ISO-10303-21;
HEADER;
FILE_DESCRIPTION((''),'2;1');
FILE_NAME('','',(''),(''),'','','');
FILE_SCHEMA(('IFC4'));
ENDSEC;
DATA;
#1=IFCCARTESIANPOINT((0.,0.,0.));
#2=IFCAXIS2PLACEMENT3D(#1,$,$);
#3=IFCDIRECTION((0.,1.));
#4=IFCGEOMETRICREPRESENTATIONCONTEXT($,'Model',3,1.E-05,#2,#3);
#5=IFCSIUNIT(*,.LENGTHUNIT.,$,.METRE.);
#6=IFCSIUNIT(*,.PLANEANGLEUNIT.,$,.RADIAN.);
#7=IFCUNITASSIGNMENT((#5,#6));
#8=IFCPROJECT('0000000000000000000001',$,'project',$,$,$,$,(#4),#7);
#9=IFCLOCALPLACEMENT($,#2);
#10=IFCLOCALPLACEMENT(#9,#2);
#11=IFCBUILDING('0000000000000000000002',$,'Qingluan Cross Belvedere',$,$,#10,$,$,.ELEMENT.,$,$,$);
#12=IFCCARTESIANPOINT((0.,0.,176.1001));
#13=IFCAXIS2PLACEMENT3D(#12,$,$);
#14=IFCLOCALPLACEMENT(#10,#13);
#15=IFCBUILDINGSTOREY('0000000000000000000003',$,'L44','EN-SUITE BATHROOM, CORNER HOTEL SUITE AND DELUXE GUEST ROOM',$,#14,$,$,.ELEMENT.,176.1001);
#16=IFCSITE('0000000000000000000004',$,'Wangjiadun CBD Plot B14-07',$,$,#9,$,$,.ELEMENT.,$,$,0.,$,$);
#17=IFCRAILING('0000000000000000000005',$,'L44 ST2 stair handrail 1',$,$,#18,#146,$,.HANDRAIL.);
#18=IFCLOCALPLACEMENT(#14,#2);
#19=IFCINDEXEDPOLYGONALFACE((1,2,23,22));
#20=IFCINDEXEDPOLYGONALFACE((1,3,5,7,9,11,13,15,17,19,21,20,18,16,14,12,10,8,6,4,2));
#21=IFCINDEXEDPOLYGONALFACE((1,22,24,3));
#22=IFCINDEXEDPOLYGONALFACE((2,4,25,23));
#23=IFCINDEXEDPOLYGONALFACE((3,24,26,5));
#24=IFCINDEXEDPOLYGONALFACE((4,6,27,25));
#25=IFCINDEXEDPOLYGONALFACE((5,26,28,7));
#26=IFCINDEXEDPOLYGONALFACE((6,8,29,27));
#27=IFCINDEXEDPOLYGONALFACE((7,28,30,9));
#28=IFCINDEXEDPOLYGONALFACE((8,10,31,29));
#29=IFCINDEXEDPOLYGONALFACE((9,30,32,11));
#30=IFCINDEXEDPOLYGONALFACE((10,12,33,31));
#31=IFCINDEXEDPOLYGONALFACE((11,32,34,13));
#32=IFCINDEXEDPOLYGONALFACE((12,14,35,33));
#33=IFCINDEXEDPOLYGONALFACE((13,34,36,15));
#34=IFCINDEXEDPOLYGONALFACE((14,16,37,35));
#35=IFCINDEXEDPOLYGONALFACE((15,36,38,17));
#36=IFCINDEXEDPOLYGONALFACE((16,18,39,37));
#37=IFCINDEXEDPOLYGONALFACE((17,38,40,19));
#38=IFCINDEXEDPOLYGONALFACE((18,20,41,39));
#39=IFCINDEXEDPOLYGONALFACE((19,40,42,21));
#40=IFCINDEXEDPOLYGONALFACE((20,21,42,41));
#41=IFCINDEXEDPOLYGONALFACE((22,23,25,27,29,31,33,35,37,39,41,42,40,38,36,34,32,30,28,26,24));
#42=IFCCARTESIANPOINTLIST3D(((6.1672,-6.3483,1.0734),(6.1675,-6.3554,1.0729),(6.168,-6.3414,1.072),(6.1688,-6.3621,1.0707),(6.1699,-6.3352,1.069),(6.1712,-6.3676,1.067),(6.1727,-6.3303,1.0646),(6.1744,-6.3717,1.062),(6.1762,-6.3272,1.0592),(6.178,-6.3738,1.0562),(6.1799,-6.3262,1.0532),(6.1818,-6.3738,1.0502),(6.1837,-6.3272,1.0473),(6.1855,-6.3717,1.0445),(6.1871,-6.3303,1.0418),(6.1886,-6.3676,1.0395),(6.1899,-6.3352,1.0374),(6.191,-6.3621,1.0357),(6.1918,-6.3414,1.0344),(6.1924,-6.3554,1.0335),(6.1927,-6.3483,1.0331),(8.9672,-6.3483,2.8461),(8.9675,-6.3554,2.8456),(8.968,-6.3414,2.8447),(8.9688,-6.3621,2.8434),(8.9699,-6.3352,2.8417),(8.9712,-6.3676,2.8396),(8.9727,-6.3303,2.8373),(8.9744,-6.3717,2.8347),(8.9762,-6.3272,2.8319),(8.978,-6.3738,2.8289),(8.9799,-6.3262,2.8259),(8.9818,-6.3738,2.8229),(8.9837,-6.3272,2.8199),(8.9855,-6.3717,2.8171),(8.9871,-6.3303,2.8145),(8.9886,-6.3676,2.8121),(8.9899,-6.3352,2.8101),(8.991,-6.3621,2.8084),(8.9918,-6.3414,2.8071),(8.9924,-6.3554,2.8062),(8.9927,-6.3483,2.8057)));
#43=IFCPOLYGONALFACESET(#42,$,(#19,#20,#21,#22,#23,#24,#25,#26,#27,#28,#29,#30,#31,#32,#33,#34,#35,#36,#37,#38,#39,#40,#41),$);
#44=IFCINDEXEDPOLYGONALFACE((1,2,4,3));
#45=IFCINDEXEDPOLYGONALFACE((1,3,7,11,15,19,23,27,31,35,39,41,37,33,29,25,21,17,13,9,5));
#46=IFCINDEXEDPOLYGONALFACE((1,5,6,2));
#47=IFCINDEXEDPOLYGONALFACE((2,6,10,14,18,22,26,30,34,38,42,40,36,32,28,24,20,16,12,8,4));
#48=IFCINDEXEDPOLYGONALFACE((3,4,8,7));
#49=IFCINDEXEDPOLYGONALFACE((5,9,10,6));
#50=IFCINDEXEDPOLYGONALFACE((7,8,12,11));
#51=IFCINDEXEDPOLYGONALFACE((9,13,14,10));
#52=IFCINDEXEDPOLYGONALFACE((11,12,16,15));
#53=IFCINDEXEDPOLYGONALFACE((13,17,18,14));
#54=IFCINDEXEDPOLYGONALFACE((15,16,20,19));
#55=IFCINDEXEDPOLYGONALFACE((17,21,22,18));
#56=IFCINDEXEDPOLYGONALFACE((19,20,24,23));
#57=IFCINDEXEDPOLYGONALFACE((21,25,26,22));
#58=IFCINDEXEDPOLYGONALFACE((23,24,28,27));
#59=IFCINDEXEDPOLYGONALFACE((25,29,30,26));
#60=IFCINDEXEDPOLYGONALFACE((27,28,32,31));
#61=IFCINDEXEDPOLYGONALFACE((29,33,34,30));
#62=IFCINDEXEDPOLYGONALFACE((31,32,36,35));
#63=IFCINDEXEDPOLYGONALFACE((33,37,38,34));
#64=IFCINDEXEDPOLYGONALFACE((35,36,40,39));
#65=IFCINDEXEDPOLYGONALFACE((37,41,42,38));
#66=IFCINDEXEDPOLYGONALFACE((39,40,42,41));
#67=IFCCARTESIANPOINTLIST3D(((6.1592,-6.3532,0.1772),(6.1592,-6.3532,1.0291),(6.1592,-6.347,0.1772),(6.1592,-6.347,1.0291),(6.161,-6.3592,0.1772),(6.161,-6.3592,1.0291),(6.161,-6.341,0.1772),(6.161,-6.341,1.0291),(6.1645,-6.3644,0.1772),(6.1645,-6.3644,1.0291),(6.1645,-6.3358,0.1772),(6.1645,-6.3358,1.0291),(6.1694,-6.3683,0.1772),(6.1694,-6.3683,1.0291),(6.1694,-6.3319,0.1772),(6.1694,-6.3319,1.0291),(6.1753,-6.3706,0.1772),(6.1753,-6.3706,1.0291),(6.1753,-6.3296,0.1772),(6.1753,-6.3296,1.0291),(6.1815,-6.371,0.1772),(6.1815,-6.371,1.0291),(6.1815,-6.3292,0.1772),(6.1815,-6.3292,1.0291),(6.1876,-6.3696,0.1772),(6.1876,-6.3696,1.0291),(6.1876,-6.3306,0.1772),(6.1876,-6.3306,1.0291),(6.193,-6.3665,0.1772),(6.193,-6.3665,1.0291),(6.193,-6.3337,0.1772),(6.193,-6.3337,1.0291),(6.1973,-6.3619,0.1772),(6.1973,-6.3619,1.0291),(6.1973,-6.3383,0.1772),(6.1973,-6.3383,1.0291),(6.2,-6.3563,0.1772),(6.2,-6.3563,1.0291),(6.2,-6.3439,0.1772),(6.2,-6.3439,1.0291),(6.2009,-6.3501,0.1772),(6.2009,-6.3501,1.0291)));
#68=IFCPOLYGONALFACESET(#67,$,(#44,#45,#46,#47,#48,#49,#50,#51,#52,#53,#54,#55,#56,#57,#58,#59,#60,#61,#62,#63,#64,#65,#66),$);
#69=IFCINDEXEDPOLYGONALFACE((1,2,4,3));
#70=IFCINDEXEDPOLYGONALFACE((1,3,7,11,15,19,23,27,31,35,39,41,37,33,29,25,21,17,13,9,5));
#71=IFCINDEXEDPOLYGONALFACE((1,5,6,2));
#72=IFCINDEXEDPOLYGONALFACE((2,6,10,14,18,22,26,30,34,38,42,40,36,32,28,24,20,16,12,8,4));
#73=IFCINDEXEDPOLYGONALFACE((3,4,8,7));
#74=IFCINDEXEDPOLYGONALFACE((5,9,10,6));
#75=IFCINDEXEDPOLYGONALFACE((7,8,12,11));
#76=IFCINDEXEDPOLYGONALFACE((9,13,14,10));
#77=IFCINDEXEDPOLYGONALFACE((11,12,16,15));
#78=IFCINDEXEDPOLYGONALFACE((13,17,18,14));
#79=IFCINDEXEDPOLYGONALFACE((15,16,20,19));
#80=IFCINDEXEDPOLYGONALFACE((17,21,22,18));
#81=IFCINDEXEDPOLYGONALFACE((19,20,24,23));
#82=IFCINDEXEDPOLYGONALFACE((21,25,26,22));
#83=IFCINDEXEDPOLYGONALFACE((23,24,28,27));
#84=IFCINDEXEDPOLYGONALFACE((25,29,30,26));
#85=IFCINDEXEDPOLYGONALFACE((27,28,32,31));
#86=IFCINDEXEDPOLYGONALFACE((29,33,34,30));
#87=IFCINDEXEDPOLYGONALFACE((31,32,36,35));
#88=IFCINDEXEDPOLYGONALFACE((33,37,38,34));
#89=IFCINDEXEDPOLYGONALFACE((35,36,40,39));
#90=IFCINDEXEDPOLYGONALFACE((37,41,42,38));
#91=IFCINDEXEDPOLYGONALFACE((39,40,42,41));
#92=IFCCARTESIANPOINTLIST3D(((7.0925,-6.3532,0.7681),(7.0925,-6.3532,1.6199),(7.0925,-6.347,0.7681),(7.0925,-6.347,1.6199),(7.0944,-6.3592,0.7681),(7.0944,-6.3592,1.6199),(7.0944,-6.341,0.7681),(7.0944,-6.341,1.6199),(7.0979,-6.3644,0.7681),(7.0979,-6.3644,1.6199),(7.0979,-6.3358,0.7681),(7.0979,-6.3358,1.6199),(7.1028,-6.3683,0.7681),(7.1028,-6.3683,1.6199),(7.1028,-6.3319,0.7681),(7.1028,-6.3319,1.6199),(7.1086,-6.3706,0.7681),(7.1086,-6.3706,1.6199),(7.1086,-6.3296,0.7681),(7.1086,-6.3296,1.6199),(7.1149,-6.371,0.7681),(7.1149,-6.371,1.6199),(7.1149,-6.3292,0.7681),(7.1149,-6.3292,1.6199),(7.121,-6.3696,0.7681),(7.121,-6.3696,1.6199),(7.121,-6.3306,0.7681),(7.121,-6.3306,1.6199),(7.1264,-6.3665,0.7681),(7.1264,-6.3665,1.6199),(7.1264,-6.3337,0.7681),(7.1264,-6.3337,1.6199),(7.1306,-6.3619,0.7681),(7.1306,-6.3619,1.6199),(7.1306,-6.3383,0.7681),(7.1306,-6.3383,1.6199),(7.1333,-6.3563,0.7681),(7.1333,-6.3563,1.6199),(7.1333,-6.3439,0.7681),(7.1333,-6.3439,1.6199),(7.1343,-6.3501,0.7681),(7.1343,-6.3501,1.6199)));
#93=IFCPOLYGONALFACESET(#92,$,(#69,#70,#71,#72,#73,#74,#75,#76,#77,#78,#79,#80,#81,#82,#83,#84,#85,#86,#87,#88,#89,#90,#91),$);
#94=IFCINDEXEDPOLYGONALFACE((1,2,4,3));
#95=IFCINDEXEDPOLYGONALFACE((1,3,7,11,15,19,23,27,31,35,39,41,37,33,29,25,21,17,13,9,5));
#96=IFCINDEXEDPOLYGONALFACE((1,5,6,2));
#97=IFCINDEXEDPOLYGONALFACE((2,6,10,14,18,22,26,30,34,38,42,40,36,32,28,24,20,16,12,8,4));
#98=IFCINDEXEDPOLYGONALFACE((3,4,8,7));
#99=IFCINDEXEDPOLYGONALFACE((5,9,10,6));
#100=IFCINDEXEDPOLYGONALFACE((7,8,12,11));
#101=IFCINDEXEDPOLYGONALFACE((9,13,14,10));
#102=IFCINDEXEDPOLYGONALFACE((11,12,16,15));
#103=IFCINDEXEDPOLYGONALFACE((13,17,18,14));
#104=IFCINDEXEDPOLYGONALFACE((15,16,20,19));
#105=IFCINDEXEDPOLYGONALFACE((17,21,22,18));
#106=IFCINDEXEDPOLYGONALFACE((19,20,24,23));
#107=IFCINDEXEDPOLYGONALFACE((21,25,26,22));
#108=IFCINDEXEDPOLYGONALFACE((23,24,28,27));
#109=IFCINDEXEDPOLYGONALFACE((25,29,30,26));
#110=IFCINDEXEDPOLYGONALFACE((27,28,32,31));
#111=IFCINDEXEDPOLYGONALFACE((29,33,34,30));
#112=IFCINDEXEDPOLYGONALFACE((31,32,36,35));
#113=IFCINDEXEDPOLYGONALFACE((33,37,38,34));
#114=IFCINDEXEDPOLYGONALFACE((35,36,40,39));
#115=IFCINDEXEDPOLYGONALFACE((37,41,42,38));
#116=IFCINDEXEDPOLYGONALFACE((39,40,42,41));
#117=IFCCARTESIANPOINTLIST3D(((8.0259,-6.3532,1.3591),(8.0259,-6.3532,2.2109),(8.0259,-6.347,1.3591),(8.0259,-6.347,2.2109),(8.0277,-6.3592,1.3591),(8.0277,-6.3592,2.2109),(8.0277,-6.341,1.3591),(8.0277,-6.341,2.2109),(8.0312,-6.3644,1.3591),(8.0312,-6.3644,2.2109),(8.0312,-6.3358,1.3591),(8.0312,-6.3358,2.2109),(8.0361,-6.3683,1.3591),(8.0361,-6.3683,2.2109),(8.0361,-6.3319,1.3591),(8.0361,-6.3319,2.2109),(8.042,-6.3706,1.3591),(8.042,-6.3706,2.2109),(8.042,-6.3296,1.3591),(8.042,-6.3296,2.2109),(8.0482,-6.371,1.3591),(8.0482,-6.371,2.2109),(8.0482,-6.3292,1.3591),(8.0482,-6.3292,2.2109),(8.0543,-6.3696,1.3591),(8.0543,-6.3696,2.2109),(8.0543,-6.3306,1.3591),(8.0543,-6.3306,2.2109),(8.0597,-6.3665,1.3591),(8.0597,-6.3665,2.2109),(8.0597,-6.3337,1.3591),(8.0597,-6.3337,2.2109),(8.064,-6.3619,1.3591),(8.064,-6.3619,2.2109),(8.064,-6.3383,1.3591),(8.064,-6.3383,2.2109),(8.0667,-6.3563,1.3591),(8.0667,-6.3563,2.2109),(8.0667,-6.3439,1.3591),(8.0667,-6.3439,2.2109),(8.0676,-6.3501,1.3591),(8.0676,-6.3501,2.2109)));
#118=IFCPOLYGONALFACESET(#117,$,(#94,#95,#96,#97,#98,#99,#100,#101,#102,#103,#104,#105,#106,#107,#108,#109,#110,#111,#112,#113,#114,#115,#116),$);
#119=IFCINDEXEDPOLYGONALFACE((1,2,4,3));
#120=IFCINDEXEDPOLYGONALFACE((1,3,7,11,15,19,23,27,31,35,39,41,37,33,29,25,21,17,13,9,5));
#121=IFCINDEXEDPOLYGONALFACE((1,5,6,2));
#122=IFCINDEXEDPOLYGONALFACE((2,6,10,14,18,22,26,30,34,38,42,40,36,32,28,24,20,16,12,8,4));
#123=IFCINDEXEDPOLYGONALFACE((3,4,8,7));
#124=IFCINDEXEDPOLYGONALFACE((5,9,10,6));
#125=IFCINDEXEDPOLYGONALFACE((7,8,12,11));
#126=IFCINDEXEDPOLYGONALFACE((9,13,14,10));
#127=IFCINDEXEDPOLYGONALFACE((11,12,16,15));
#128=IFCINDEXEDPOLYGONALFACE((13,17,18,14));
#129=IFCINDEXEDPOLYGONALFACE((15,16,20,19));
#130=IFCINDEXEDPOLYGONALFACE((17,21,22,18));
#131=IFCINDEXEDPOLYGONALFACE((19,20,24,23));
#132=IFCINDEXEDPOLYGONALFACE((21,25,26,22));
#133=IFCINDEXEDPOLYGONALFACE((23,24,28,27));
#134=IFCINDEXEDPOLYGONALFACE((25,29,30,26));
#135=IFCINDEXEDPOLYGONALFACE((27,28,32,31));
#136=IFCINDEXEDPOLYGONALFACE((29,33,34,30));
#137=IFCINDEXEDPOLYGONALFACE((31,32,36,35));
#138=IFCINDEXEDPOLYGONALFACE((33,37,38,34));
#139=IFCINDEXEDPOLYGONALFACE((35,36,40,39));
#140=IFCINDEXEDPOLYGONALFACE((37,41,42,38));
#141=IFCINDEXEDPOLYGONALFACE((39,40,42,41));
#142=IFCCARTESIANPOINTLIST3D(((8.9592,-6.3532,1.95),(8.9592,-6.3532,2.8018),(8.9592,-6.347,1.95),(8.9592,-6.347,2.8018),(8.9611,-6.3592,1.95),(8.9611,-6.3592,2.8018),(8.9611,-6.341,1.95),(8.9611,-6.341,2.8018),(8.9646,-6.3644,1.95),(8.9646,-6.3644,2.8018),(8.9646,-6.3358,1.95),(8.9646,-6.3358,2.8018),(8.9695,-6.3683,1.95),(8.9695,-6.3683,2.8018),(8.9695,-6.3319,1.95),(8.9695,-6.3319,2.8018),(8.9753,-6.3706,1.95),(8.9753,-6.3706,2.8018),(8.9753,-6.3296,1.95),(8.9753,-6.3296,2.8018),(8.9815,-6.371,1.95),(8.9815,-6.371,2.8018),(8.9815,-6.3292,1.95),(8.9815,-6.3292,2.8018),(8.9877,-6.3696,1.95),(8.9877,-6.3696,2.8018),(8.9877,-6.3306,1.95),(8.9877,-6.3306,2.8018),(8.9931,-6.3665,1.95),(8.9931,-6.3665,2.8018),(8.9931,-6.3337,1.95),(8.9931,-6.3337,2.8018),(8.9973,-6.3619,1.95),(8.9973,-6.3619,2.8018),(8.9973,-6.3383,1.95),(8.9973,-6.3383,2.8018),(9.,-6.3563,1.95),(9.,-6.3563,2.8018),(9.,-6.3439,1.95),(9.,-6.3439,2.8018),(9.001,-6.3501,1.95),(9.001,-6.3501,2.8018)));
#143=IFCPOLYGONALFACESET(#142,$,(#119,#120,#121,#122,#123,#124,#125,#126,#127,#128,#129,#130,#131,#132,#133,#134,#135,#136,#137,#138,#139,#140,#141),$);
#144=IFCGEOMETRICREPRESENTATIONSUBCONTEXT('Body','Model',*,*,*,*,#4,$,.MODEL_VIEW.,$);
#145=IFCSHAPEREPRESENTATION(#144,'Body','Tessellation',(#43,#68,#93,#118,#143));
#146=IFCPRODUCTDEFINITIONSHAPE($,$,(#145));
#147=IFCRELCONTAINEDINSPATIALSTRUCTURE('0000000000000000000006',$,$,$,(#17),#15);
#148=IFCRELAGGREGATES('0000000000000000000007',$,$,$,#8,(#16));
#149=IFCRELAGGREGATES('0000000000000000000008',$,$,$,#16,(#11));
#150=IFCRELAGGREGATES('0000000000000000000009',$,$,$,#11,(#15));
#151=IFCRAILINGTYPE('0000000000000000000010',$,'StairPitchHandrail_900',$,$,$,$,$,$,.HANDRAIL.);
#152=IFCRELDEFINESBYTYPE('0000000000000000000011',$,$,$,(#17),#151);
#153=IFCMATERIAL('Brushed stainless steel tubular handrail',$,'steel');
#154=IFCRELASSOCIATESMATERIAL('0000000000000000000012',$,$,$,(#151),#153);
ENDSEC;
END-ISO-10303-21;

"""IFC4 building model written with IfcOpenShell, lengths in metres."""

from ifc_helpers import new_model, si_unit, direction, frame, origin, origin_2d, place, context, subcontext, project, spatial, circle, extrude, material, type_object, element, save


model = new_model("IFC4")

# Units and contexts
model_context = context("Model", 3, precision=1e-05, world=origin(), true_north=direction((0.0, 1.0)))
body_context = subcontext(model_context, "Body", "Model", "MODEL_VIEW")
ifc_project = project(units=[si_unit("LENGTHUNIT", "METRE"), si_unit("PLANEANGLEUNIT", "RADIAN")], contexts=[model_context])

# Site, building, storey
site_placement = place(None, origin())
site = spatial("IfcSite", under=ifc_project, at=site_placement, Name="Wangjiadun CBD Plot B14-07", CompositionType="ELEMENT", RefElevation=0.0)
building_placement = place(site_placement, origin())
building = spatial("IfcBuilding", under=site, at=building_placement, Name="Qingluan Cross Belvedere", CompositionType="ELEMENT")
storey_placement = place(building_placement, frame((0.0, 0.0, 176.1001)))
storey = spatial("IfcBuildingStorey", under=building, at=storey_placement, Name="L44", Description="EN-SUITE BATHROOM, CORNER HOTEL SUITE AND DELUXE GUEST ROOM", CompositionType="ELEMENT", Elevation=176.1001)

# Railing
ifc_material_1 = material(Name="Brushed stainless steel tubular handrail", Category="steel")
railing_type_1 = type_object("IfcRailingType", Name="StairPitchHandrail_900", PredefinedType="HANDRAIL", material=ifc_material_1)
railing_1_placement = place(storey_placement, frame((6.1799, -6.3501, 0.1772)))
element("IfcRailing", 1, at=railing_1_placement, inside=storey, type_object=railing_type_1, Name="L44 ST2 stair handrail 1", PredefinedType="HANDRAIL", context=body_context, shape_type="SweptSolid", body=[
    extrude(circle(Radius=0.0239, at=origin_2d()), frame((0.0, 0.0, 0.876), z_axis=(0.844909, 0.0, 0.53491), x_axis=(0.0, 1.0, 0.0)), (0.0, 0.0, 1.0), 3.314),
    extrude(circle(Radius=0.021, at=origin_2d()), origin(), (0.0, 0.0, 1.0), 0.8518),
    extrude(circle(Radius=0.021, at=origin_2d()), frame((0.9333, 0.0, 0.5908)), (0.0, 0.0, 1.0), 0.8518),
    extrude(circle(Radius=0.021, at=origin_2d()), frame((1.8667, 0.0, 1.1819)), (0.0, 0.0, 1.0), 0.8518),
    extrude(circle(Radius=0.021, at=origin_2d()), frame((2.8, 0.0, 1.7727)), (0.0, 0.0, 1.0), 0.8518),
])

save(model, "model.ifc")
